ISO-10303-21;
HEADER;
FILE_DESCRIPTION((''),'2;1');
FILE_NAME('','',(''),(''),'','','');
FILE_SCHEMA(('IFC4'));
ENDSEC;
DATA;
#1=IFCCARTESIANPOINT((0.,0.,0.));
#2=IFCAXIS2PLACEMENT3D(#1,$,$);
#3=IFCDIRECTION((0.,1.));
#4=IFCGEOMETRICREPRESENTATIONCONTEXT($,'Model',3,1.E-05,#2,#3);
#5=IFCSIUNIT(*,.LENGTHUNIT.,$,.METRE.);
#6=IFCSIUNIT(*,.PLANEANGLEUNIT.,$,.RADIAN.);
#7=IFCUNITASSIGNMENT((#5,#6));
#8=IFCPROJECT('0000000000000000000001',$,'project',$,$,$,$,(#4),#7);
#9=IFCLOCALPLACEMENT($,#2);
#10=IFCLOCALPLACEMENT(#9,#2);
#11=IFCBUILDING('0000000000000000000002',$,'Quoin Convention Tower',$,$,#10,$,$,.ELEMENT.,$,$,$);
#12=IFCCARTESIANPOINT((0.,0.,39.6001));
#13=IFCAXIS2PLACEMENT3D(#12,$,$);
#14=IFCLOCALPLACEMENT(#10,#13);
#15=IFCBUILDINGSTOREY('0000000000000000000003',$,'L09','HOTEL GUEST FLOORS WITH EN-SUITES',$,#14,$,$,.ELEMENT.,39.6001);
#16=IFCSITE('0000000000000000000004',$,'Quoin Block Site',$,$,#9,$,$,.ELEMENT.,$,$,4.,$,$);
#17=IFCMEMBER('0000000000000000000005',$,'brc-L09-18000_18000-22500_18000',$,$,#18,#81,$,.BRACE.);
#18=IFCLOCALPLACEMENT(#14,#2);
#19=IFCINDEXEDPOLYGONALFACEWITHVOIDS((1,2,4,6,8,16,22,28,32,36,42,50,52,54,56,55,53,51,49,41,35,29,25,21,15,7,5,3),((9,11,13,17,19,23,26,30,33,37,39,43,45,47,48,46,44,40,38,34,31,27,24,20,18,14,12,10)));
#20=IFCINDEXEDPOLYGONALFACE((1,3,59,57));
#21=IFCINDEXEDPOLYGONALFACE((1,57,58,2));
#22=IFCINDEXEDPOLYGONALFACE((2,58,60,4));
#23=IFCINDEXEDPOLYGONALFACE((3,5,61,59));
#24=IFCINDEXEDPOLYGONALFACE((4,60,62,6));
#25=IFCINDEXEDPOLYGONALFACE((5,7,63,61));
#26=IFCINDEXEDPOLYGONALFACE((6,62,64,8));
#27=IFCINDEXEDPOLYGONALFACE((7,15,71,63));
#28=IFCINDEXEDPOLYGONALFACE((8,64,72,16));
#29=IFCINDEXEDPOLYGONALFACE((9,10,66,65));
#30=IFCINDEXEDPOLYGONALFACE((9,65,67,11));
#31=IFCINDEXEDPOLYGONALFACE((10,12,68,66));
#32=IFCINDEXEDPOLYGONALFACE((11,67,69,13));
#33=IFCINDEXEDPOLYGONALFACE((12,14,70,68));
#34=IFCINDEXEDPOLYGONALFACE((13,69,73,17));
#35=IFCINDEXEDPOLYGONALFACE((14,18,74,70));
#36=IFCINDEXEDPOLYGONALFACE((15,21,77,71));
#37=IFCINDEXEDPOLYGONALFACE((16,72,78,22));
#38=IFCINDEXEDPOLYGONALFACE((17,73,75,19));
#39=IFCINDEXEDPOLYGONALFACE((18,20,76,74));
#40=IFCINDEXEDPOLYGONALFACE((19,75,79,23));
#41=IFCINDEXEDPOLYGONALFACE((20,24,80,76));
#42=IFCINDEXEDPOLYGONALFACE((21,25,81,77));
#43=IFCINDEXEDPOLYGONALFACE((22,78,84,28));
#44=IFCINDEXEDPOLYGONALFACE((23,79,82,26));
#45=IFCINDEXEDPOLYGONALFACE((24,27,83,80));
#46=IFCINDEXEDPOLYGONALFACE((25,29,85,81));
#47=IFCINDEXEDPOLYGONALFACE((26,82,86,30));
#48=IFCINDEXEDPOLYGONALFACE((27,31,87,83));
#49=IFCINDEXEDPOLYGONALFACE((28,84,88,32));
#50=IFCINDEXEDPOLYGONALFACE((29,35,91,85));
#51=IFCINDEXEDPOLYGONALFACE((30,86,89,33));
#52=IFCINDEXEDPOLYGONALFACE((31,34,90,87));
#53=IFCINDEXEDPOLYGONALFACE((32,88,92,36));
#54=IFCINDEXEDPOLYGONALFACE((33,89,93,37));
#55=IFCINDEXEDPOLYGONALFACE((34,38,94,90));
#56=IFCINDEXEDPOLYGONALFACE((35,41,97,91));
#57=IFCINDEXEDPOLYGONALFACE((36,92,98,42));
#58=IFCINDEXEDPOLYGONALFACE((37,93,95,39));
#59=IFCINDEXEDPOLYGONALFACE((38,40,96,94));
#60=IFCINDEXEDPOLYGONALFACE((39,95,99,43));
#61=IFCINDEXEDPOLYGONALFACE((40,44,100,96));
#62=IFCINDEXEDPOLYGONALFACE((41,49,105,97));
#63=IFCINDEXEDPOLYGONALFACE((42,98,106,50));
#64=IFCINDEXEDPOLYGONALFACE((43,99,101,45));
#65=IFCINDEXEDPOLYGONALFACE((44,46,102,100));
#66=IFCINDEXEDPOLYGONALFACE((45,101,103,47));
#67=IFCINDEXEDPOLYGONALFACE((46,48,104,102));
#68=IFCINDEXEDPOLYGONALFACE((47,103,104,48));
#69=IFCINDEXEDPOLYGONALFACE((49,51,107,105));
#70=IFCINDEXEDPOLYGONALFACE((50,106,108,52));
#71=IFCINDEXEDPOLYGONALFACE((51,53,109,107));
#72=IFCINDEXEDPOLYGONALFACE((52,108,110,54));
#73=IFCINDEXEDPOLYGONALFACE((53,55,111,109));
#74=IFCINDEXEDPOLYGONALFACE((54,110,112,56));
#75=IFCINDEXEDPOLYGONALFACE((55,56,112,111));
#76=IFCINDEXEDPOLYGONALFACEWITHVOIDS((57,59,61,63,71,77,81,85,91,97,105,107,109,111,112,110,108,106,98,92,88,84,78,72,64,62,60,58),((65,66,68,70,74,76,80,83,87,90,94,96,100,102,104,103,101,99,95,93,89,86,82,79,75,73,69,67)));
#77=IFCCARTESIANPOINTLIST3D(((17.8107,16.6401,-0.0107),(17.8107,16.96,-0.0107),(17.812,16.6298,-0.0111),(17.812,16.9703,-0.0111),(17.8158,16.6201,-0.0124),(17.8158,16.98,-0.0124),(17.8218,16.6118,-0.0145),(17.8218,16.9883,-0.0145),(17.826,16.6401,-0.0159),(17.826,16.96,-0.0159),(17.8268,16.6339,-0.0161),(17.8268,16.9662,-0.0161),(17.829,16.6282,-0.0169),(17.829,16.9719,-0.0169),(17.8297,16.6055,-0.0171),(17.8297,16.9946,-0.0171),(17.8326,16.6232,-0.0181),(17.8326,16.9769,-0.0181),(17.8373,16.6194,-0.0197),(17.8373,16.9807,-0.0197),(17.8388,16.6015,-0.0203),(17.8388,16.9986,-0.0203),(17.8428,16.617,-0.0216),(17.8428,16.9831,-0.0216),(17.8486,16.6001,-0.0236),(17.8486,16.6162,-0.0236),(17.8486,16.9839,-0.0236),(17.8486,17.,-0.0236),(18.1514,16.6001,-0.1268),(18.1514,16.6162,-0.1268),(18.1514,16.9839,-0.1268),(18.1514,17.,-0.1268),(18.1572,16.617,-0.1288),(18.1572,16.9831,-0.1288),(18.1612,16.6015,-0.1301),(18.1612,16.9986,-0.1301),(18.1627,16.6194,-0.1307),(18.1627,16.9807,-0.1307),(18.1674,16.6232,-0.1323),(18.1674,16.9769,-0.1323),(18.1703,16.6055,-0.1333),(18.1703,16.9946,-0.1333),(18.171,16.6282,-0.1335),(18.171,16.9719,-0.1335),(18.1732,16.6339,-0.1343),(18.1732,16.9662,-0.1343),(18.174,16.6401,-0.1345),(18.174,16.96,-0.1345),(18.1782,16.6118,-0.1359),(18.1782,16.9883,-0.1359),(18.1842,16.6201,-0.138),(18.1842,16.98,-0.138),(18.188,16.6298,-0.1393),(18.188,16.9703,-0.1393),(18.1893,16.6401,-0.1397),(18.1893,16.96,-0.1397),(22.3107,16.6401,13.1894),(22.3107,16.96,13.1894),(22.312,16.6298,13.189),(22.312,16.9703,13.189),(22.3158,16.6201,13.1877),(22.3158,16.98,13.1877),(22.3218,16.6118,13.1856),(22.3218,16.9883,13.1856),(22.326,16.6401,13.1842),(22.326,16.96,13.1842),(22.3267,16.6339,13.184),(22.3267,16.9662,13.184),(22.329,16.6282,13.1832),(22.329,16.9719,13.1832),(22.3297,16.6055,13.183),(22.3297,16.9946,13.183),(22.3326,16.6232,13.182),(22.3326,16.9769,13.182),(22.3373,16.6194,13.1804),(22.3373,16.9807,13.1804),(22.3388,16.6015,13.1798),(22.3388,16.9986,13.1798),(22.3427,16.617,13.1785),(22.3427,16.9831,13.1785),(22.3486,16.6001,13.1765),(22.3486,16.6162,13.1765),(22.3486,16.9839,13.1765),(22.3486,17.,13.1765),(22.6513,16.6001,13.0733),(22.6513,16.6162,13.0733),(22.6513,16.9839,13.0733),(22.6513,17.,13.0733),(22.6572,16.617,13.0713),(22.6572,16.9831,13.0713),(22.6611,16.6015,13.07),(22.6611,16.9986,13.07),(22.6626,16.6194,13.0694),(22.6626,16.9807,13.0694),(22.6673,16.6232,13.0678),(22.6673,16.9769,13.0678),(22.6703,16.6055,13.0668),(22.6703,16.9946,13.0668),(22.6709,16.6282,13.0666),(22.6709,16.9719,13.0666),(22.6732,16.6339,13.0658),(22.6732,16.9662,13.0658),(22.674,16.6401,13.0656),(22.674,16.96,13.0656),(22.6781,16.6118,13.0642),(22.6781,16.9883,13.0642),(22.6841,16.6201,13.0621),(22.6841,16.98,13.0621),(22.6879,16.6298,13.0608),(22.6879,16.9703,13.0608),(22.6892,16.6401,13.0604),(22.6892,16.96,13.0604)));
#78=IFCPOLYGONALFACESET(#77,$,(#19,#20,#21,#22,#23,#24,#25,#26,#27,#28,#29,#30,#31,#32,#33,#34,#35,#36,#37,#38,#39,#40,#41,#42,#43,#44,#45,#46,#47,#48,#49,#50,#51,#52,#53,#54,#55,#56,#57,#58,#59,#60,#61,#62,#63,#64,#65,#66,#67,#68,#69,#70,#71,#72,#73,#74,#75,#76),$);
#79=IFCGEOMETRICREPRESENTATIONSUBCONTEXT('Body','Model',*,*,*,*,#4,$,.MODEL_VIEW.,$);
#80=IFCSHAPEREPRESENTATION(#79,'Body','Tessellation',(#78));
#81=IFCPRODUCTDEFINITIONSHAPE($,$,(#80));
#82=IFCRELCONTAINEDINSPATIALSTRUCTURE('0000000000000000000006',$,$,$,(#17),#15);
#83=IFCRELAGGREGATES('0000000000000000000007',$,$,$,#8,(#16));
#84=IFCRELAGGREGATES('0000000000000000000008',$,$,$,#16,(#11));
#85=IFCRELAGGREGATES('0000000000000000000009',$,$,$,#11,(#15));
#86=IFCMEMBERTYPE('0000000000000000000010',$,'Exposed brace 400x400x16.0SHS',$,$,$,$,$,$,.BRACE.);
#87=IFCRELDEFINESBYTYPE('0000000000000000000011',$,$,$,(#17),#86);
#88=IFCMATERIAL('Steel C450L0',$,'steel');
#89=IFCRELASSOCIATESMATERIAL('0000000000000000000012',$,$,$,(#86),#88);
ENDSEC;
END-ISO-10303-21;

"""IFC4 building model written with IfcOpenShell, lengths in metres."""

from ifc_helpers import new_model, si_unit, direction, frame, origin, origin_2d, place, context, subcontext, project, spatial, hollow_rectangle, extrude, material, material_profile, profile_set, type_object, element, save


model = new_model("IFC4")

# Units and contexts
model_context = context("Model", 3, precision=1e-05, world=origin(), true_north=direction((0.0, 1.0)))
body_context = subcontext(model_context, "Body", "Model", "MODEL_VIEW")
ifc_project = project(units=[si_unit("LENGTHUNIT", "METRE"), si_unit("PLANEANGLEUNIT", "RADIAN")], contexts=[model_context])

# Site, building, storey
site_placement = place(None, origin())
site = spatial("IfcSite", under=ifc_project, at=site_placement, Name="Quoin Block Site", CompositionType="ELEMENT", RefElevation=4.0)
building_placement = place(site_placement, origin())
building = spatial("IfcBuilding", under=site, at=building_placement, Name="Quoin Convention Tower", CompositionType="ELEMENT")
storey_placement = place(building_placement, frame((0.0, 0.0, 39.6001)))
storey = spatial("IfcBuildingStorey", under=building, at=storey_placement, Name="L09", Description="HOTEL GUEST FLOORS WITH EN-SUITES", CompositionType="ELEMENT", Elevation=39.6001)

# Member
ifc_material_1 = material(Name="Steel C450L0", Category="steel")
ifc_material_profile = material_profile(ifc_material_1, hollow_rectangle(XDim=0.3999, YDim=0.3999, WallThickness=0.0161, InnerFilletRadius=0.0239, OuterFilletRadius=0.04, at=origin_2d()), Name="400x400x16.0SHS")
ifc_profile_set = profile_set([ifc_material_profile], Name="Steel C450L0")
member_type = type_object("IfcMemberType", Name="Exposed brace 400x400x16.0SHS", PredefinedType="BRACE", material=ifc_profile_set)
member_placement = place(storey_placement, frame((18.0, 16.8, -0.0752), z_axis=(0.32267, 0.0, 0.946512), x_axis=(0.0, 1.0, 0.0)))
element("IfcMember", 1, at=member_placement, inside=storey, type_object=member_type, Name="brc-L09-18000_18000-22500_18000", PredefinedType="BRACE", context=body_context, shape_type="SweptSolid", body=[
    extrude(hollow_rectangle(XDim=0.3999, YDim=0.3999, WallThickness=0.0161, InnerFilletRadius=0.0239, OuterFilletRadius=0.04, at=origin_2d()), origin(), (0.0, 0.0, 1.0), 13.946),
])

save(model, "model.ifc")
